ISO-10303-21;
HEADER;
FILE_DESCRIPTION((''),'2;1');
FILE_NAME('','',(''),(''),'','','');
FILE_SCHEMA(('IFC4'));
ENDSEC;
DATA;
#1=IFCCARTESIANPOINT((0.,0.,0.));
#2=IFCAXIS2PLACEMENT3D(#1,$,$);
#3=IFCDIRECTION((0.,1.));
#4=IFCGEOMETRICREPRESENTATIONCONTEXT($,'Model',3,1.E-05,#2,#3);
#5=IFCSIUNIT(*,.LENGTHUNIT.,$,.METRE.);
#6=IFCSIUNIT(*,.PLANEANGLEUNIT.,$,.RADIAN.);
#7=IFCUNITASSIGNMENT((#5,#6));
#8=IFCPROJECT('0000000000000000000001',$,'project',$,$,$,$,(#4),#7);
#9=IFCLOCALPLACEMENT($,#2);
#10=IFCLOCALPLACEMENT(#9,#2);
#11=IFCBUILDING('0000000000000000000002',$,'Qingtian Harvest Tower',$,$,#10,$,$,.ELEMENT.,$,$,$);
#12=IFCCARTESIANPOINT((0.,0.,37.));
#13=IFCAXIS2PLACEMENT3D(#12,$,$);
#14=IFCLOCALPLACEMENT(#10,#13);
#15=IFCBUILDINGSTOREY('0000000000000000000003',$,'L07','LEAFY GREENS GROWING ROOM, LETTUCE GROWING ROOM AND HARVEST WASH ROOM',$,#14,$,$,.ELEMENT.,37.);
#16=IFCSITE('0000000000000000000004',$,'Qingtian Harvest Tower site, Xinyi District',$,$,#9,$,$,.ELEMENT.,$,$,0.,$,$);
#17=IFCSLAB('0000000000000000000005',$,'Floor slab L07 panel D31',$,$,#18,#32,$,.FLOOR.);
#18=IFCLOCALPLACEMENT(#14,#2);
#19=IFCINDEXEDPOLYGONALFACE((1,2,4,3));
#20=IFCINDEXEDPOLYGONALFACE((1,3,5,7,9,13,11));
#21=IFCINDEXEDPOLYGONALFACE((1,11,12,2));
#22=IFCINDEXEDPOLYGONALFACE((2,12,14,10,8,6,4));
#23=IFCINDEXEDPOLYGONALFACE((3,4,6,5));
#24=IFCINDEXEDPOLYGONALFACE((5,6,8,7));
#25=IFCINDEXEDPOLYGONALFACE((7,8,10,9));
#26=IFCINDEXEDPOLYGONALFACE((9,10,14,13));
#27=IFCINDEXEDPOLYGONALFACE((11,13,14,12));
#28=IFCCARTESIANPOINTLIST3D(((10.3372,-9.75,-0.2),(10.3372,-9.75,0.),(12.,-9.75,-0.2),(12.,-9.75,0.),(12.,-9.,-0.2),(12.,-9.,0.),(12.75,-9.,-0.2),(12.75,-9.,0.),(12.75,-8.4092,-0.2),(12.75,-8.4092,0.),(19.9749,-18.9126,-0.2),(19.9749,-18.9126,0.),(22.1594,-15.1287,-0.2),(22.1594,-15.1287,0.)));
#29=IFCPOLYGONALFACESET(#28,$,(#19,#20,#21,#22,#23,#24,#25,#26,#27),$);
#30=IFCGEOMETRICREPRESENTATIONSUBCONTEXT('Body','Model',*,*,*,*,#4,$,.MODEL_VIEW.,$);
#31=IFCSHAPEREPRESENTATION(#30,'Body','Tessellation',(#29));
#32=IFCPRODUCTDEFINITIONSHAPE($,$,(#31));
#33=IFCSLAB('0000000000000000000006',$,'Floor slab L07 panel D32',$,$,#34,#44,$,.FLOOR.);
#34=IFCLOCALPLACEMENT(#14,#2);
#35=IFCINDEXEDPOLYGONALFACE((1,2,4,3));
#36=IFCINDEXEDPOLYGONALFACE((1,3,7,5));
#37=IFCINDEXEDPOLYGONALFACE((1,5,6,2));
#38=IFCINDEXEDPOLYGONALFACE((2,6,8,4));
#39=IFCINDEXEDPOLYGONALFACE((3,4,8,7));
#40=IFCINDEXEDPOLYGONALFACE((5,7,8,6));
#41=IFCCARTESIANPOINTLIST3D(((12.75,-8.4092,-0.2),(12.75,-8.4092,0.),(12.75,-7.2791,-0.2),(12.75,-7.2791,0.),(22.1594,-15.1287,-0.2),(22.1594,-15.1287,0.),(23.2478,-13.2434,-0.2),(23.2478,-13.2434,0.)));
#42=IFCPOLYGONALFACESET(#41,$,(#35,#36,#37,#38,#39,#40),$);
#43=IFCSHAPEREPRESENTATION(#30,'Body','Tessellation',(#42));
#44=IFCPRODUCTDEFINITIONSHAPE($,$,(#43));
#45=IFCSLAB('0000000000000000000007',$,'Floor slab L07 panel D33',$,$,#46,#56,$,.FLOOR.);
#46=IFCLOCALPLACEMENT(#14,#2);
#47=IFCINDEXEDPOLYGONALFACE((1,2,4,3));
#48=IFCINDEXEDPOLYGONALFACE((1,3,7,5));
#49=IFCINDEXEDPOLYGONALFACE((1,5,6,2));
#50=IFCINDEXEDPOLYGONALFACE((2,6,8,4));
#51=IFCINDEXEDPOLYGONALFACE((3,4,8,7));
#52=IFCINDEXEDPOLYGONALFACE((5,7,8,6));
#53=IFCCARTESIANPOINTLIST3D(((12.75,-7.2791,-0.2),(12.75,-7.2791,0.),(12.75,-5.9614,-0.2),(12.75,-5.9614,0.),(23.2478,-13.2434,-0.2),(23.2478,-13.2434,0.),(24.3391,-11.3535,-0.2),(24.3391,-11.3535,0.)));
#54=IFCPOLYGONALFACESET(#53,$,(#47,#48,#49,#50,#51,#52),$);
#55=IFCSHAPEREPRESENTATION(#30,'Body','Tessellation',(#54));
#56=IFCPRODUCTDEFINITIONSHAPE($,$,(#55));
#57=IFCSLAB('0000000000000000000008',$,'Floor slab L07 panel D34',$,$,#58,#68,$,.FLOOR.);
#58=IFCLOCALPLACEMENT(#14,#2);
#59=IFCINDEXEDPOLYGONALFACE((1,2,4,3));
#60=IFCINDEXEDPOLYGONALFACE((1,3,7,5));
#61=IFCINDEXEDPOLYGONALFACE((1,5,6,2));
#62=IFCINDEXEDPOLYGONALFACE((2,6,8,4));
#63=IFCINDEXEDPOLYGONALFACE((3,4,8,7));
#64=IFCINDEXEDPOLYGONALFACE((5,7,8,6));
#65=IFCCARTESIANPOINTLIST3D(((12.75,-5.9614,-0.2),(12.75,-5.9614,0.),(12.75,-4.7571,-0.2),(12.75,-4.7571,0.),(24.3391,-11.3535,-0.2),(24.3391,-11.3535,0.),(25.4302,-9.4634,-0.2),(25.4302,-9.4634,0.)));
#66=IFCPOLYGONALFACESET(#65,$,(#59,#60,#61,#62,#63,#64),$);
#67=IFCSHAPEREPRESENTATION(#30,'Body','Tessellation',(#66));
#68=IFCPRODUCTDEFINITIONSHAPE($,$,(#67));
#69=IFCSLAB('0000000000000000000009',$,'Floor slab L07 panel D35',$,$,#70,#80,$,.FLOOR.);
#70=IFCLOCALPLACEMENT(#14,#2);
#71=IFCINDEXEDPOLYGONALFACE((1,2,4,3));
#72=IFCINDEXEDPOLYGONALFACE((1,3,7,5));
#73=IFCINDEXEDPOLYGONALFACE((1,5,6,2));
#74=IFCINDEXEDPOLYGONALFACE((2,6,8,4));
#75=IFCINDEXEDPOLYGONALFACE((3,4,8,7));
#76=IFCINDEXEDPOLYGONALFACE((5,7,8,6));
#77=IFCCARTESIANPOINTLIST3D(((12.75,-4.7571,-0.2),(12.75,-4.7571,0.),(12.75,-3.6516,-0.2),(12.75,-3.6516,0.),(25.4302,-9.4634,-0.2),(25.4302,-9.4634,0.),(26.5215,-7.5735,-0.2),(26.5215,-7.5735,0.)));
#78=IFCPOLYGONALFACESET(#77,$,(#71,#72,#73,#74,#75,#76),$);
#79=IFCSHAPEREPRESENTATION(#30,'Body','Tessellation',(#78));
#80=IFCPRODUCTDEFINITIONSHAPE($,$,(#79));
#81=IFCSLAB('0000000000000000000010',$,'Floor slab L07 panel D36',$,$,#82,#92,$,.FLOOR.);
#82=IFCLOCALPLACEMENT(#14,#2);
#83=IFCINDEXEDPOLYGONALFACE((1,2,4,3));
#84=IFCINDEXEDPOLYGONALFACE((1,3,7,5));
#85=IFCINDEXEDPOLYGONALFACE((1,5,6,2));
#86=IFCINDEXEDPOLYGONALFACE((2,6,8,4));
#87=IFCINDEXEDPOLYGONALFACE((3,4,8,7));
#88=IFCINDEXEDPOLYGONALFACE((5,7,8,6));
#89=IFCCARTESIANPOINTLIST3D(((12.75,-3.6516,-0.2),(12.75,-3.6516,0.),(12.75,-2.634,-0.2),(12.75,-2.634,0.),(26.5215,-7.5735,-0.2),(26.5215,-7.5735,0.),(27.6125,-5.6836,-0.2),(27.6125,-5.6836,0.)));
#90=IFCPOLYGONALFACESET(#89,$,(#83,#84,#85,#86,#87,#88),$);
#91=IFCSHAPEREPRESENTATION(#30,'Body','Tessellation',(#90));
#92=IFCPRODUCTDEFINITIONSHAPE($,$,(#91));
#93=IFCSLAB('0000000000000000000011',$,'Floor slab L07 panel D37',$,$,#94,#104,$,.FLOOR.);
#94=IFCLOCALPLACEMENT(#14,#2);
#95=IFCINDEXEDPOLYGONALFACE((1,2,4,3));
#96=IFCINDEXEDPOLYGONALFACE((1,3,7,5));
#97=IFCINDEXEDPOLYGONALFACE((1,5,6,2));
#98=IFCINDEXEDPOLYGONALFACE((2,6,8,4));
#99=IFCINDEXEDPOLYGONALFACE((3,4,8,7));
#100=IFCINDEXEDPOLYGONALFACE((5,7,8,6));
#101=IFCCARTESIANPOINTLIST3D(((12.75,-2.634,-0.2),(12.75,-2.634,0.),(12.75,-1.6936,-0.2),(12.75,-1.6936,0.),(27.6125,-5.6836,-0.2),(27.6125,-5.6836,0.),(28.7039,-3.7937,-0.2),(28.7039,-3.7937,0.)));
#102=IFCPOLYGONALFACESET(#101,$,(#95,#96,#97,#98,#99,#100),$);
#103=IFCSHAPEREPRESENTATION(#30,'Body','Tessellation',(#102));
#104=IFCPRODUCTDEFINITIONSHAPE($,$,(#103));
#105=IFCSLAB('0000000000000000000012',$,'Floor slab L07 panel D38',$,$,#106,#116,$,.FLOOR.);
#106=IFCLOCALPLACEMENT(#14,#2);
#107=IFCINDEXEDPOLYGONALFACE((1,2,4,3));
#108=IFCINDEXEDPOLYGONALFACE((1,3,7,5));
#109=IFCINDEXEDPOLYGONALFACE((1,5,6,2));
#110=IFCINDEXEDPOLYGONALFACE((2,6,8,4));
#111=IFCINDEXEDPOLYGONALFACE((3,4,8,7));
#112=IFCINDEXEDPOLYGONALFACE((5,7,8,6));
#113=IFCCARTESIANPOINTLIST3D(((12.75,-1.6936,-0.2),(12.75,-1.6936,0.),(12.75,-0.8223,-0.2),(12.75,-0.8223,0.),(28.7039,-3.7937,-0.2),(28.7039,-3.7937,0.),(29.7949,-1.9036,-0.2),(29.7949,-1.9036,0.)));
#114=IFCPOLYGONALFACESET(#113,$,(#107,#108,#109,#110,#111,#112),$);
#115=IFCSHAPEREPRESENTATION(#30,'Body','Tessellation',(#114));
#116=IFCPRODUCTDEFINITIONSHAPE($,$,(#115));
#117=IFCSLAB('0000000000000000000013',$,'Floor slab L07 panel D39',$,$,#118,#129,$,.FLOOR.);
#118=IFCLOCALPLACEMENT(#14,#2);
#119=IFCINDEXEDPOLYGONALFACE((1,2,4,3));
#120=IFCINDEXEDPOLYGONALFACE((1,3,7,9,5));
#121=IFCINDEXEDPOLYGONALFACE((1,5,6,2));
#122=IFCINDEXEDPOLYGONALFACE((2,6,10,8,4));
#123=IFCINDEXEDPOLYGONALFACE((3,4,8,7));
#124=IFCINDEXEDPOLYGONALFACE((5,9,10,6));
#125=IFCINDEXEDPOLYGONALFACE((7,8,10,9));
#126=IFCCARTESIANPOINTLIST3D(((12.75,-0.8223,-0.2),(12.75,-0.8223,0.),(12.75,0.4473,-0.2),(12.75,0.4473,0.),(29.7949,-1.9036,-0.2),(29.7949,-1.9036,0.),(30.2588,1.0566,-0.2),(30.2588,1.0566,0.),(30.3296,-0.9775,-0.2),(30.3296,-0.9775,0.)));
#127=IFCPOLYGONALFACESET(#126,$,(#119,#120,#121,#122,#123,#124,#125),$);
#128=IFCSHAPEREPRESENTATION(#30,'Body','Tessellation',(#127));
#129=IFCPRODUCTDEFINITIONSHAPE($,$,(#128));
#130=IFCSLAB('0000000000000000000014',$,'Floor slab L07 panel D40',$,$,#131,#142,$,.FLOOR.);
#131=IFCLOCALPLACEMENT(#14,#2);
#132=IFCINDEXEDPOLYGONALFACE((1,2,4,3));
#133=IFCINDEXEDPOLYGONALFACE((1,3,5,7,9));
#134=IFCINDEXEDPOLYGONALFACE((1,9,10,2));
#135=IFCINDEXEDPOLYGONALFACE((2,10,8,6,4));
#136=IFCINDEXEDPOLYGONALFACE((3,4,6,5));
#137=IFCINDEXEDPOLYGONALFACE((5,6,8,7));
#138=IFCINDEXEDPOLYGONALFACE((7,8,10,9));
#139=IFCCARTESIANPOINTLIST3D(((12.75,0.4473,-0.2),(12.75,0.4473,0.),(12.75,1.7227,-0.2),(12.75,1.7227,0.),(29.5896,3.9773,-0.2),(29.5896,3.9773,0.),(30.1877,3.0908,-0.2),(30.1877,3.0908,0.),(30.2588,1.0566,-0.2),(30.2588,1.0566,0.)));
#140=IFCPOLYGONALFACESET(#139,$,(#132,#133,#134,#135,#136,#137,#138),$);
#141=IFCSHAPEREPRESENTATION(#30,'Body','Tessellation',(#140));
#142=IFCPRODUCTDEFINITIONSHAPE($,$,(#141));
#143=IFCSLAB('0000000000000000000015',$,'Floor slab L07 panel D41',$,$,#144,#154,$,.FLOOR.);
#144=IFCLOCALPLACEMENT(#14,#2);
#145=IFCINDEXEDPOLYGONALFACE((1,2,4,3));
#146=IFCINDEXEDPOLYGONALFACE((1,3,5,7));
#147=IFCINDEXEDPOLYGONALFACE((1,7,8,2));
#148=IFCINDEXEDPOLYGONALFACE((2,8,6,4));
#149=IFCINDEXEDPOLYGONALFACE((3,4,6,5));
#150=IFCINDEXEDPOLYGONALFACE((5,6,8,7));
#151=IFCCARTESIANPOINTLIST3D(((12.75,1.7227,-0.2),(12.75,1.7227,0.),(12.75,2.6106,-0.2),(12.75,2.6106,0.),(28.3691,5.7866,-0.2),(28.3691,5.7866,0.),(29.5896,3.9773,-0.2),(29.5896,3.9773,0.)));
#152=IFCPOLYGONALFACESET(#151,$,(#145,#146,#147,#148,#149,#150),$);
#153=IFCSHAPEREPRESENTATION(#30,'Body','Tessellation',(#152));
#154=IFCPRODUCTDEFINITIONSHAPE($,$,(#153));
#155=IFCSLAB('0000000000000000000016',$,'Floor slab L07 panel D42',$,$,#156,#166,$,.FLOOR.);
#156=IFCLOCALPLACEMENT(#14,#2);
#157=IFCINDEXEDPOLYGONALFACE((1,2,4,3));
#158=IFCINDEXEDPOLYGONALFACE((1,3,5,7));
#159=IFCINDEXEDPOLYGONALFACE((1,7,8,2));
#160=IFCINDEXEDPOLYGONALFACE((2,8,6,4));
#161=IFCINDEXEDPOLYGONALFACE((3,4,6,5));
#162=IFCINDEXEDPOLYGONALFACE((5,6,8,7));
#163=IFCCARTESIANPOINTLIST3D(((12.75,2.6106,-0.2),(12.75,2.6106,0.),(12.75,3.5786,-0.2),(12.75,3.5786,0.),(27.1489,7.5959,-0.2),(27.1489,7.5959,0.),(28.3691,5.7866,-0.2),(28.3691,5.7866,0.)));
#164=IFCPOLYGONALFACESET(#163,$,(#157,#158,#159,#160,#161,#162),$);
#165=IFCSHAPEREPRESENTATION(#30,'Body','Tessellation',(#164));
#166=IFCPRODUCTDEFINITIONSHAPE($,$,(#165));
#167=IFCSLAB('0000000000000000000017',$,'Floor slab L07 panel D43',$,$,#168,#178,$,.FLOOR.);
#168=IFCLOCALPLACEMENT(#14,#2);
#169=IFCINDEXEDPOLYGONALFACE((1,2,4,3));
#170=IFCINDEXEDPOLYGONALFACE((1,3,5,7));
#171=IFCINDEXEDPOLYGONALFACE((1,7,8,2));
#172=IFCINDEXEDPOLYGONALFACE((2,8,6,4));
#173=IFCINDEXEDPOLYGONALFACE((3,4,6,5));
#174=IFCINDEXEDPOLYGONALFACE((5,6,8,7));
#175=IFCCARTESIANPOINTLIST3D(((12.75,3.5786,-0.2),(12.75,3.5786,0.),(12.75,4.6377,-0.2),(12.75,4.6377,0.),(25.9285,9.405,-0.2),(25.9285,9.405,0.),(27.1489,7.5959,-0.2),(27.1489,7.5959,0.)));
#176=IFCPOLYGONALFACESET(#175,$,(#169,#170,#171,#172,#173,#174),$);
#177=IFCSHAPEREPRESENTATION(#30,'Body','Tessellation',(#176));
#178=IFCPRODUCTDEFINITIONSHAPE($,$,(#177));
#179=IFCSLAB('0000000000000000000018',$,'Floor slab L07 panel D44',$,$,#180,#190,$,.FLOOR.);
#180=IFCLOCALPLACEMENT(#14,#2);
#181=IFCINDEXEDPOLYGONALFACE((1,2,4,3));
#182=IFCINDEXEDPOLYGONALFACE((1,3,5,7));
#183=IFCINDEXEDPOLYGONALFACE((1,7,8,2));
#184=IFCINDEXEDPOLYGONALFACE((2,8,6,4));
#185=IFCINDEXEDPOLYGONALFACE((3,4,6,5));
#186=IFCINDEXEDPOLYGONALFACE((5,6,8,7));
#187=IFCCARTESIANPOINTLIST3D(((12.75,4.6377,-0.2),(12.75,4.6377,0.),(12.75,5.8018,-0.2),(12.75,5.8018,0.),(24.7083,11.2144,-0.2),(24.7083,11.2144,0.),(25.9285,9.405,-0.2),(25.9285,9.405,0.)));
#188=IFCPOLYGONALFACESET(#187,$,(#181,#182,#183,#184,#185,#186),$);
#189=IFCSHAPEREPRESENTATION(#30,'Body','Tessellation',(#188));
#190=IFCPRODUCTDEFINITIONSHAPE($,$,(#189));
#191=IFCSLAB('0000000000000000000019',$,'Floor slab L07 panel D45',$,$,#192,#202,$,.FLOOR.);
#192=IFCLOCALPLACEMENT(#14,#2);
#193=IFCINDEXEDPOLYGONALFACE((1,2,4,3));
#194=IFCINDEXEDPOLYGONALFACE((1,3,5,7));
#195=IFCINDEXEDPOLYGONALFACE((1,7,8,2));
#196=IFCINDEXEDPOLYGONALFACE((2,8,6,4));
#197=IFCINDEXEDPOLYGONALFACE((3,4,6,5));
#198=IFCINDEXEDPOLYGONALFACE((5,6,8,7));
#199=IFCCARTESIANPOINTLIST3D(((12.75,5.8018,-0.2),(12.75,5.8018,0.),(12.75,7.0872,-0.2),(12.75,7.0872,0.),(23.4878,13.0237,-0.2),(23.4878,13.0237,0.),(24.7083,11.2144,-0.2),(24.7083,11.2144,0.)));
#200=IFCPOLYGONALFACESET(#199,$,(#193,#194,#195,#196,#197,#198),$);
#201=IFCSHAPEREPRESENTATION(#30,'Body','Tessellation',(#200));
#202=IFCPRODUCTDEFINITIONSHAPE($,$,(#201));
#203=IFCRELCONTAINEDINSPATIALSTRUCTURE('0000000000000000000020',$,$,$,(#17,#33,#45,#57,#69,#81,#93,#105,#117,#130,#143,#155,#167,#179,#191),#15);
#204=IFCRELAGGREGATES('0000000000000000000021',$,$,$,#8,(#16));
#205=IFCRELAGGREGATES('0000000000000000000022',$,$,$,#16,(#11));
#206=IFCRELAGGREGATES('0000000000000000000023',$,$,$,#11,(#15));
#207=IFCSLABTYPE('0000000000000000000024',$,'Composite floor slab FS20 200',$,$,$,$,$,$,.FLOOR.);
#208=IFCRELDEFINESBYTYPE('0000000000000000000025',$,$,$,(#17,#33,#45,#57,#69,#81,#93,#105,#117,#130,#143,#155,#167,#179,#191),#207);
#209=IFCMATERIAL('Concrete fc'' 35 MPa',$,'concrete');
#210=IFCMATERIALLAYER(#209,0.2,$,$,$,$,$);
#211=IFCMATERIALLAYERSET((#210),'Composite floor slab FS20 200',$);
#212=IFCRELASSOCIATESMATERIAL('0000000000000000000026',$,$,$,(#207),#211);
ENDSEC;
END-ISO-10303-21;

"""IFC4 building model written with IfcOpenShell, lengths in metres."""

from ifc_helpers import new_model, si_unit, direction, frame, origin, place, context, subcontext, project, spatial, polyline, outline, extrude, material, layer, layer_set, type_object, element, save


model = new_model("IFC4")

# Units and contexts
model_context = context("Model", 3, precision=1e-05, world=origin(), true_north=direction((0.0, 1.0)))
body_context = subcontext(model_context, "Body", "Model", "MODEL_VIEW")
ifc_project = project(units=[si_unit("LENGTHUNIT", "METRE"), si_unit("PLANEANGLEUNIT", "RADIAN")], contexts=[model_context])

# Site, building, storey
site_placement = place(None, origin())
site = spatial("IfcSite", under=ifc_project, at=site_placement, Name="Qingtian Harvest Tower site, Xinyi District", CompositionType="ELEMENT", RefElevation=0.0)
building_placement = place(site_placement, origin())
building = spatial("IfcBuilding", under=site, at=building_placement, Name="Qingtian Harvest Tower", CompositionType="ELEMENT")
storey_placement = place(building_placement, frame((0.0, 0.0, 37.0)))
storey = spatial("IfcBuildingStorey", under=building, at=storey_placement, Name="L07", Description="LEAFY GREENS GROWING ROOM, LETTUCE GROWING ROOM AND HARVEST WASH ROOM", CompositionType="ELEMENT", Elevation=37.0)

# Slabs
ifc_material_1 = material(Name="Concrete fc' 35 MPa", Category="concrete")
ifc_layer_1 = layer(ifc_material_1, 0.2)
ifc_layer_set_1 = layer_set([ifc_layer_1], Name="Composite floor slab FS20 200")
slab_type = type_object("IfcSlabType", Name="Composite floor slab FS20 200", PredefinedType="FLOOR", material=ifc_layer_set_1)
slab_1_placement = place(storey_placement, frame((0.0, 0.0, -0.2)))
element("IfcSlab", 1, at=slab_1_placement, inside=storey, type_object=slab_type, Name="Floor slab L07 panel D31", PredefinedType="FLOOR", context=body_context, shape_type="SweptSolid", body=[
    extrude(outline(polyline([(12.75, -8.4092), (22.1594, -15.1287), (19.9749, -18.9126), (10.3372, -9.75), (12.0, -9.75), (12.0, -9.0), (12.75, -9.0), (12.75, -8.4092)])), origin(), (0.0, 0.0, 1.0), 0.2),
])
slab_2_placement = place(storey_placement, frame((0.0, 0.0, -0.2)))
element("IfcSlab", 2, at=slab_2_placement, inside=storey, type_object=slab_type, Name="Floor slab L07 panel D32", PredefinedType="FLOOR", context=body_context, shape_type="SweptSolid", body=[
    extrude(outline(polyline([(12.75, -7.2791), (23.2478, -13.2434), (22.1594, -15.1287), (12.75, -8.4092), (12.75, -7.2791)])), origin(), (0.0, 0.0, 1.0), 0.2),
])
slab_3_placement = place(storey_placement, frame((0.0, 0.0, -0.2)))
element("IfcSlab", 3, at=slab_3_placement, inside=storey, type_object=slab_type, Name="Floor slab L07 panel D33", PredefinedType="FLOOR", context=body_context, shape_type="SweptSolid", body=[
    extrude(outline(polyline([(12.75, -5.9614), (24.3391, -11.3535), (23.2478, -13.2434), (12.75, -7.2791), (12.75, -5.9614)])), origin(), (0.0, 0.0, 1.0), 0.2),
])
slab_4_placement = place(storey_placement, frame((0.0, 0.0, -0.2)))
element("IfcSlab", 4, at=slab_4_placement, inside=storey, type_object=slab_type, Name="Floor slab L07 panel D34", PredefinedType="FLOOR", context=body_context, shape_type="SweptSolid", body=[
    extrude(outline(polyline([(12.75, -4.7571), (25.4302, -9.4634), (24.3391, -11.3535), (12.75, -5.9614), (12.75, -4.7571)])), origin(), (0.0, 0.0, 1.0), 0.2),
])
slab_5_placement = place(storey_placement, frame((0.0, 0.0, -0.2)))
element("IfcSlab", 5, at=slab_5_placement, inside=storey, type_object=slab_type, Name="Floor slab L07 panel D35", PredefinedType="FLOOR", context=body_context, shape_type="SweptSolid", body=[
    extrude(outline(polyline([(12.75, -3.6516), (26.5215, -7.5735), (25.4302, -9.4634), (12.75, -4.7571), (12.75, -3.6516)])), origin(), (0.0, 0.0, 1.0), 0.2),
])
slab_6_placement = place(storey_placement, frame((0.0, 0.0, -0.2)))
element("IfcSlab", 6, at=slab_6_placement, inside=storey, type_object=slab_type, Name="Floor slab L07 panel D36", PredefinedType="FLOOR", context=body_context, shape_type="SweptSolid", body=[
    extrude(outline(polyline([(12.75, -2.634), (27.6125, -5.6836), (26.5215, -7.5735), (12.75, -3.6516), (12.75, -2.634)])), origin(), (0.0, 0.0, 1.0), 0.2),
])
slab_7_placement = place(storey_placement, frame((0.0, 0.0, -0.2)))
element("IfcSlab", 7, at=slab_7_placement, inside=storey, type_object=slab_type, Name="Floor slab L07 panel D37", PredefinedType="FLOOR", context=body_context, shape_type="SweptSolid", body=[
    extrude(outline(polyline([(12.75, -1.6936), (28.7039, -3.7937), (27.6125, -5.6836), (12.75, -2.634), (12.75, -1.6936)])), origin(), (0.0, 0.0, 1.0), 0.2),
])
slab_8_placement = place(storey_placement, frame((0.0, 0.0, -0.2)))
element("IfcSlab", 8, at=slab_8_placement, inside=storey, type_object=slab_type, Name="Floor slab L07 panel D38", PredefinedType="FLOOR", context=body_context, shape_type="SweptSolid", body=[
    extrude(outline(polyline([(12.75, -0.8223), (29.7949, -1.9036), (28.7039, -3.7937), (12.75, -1.6936), (12.75, -0.8223)])), origin(), (0.0, 0.0, 1.0), 0.2),
])
slab_9_placement = place(storey_placement, frame((0.0, 0.0, -0.2)))
element("IfcSlab", 9, at=slab_9_placement, inside=storey, type_object=slab_type, Name="Floor slab L07 panel D39", PredefinedType="FLOOR", context=body_context, shape_type="SweptSolid", body=[
    extrude(outline(polyline([(12.75, -0.8223), (12.75, 0.4473), (30.2588, 1.0566), (30.3296, -0.9775), (29.7949, -1.9036), (12.75, -0.8223)])), origin(), (0.0, 0.0, 1.0), 0.2),
])
slab_10_placement = place(storey_placement, frame((0.0, 0.0, -0.2)))
element("IfcSlab", 10, at=slab_10_placement, inside=storey, type_object=slab_type, Name="Floor slab L07 panel D40", PredefinedType="FLOOR", context=body_context, shape_type="SweptSolid", body=[
    extrude(outline(polyline([(12.75, 0.4473), (12.75, 1.7227), (29.5896, 3.9773), (30.1877, 3.0908), (30.2588, 1.0566), (12.75, 0.4473)])), origin(), (0.0, 0.0, 1.0), 0.2),
])
slab_11_placement = place(storey_placement, frame((0.0, 0.0, -0.2)))
element("IfcSlab", 11, at=slab_11_placement, inside=storey, type_object=slab_type, Name="Floor slab L07 panel D41", PredefinedType="FLOOR", context=body_context, shape_type="SweptSolid", body=[
    extrude(outline(polyline([(12.75, 2.6106), (28.3691, 5.7866), (29.5896, 3.9773), (12.75, 1.7227), (12.75, 2.6106)])), origin(), (0.0, 0.0, 1.0), 0.2),
])
slab_12_placement = place(storey_placement, frame((0.0, 0.0, -0.2)))
element("IfcSlab", 12, at=slab_12_placement, inside=storey, type_object=slab_type, Name="Floor slab L07 panel D42", PredefinedType="FLOOR", context=body_context, shape_type="SweptSolid", body=[
    extrude(outline(polyline([(12.75, 3.5786), (27.1489, 7.5959), (28.3691, 5.7866), (12.75, 2.6106), (12.75, 3.5786)])), origin(), (0.0, 0.0, 1.0), 0.2),
])
slab_13_placement = place(storey_placement, frame((0.0, 0.0, -0.2)))
element("IfcSlab", 13, at=slab_13_placement, inside=storey, type_object=slab_type, Name="Floor slab L07 panel D43", PredefinedType="FLOOR", context=body_context, shape_type="SweptSolid", body=[
    extrude(outline(polyline([(12.75, 4.6377), (25.9285, 9.405), (27.1489, 7.5959), (12.75, 3.5786), (12.75, 4.6377)])), origin(), (0.0, 0.0, 1.0), 0.2),
])
slab_14_placement = place(storey_placement, frame((0.0, 0.0, -0.2)))
element("IfcSlab", 14, at=slab_14_placement, inside=storey, type_object=slab_type, Name="Floor slab L07 panel D44", PredefinedType="FLOOR", context=body_context, shape_type="SweptSolid", body=[
    extrude(outline(polyline([(12.75, 5.8018), (24.7083, 11.2144), (25.9285, 9.405), (12.75, 4.6377), (12.75, 5.8018)])), origin(), (0.0, 0.0, 1.0), 0.2),
])
slab_15_placement = place(storey_placement, frame((0.0, 0.0, -0.2)))
element("IfcSlab", 15, at=slab_15_placement, inside=storey, type_object=slab_type, Name="Floor slab L07 panel D45", PredefinedType="FLOOR", context=body_context, shape_type="SweptSolid", body=[
    extrude(outline(polyline([(12.75, 7.0872), (23.4878, 13.0237), (24.7083, 11.2144), (12.75, 5.8018), (12.75, 7.0872)])), origin(), (0.0, 0.0, 1.0), 0.2),
])

save(model, "model.ifc")
